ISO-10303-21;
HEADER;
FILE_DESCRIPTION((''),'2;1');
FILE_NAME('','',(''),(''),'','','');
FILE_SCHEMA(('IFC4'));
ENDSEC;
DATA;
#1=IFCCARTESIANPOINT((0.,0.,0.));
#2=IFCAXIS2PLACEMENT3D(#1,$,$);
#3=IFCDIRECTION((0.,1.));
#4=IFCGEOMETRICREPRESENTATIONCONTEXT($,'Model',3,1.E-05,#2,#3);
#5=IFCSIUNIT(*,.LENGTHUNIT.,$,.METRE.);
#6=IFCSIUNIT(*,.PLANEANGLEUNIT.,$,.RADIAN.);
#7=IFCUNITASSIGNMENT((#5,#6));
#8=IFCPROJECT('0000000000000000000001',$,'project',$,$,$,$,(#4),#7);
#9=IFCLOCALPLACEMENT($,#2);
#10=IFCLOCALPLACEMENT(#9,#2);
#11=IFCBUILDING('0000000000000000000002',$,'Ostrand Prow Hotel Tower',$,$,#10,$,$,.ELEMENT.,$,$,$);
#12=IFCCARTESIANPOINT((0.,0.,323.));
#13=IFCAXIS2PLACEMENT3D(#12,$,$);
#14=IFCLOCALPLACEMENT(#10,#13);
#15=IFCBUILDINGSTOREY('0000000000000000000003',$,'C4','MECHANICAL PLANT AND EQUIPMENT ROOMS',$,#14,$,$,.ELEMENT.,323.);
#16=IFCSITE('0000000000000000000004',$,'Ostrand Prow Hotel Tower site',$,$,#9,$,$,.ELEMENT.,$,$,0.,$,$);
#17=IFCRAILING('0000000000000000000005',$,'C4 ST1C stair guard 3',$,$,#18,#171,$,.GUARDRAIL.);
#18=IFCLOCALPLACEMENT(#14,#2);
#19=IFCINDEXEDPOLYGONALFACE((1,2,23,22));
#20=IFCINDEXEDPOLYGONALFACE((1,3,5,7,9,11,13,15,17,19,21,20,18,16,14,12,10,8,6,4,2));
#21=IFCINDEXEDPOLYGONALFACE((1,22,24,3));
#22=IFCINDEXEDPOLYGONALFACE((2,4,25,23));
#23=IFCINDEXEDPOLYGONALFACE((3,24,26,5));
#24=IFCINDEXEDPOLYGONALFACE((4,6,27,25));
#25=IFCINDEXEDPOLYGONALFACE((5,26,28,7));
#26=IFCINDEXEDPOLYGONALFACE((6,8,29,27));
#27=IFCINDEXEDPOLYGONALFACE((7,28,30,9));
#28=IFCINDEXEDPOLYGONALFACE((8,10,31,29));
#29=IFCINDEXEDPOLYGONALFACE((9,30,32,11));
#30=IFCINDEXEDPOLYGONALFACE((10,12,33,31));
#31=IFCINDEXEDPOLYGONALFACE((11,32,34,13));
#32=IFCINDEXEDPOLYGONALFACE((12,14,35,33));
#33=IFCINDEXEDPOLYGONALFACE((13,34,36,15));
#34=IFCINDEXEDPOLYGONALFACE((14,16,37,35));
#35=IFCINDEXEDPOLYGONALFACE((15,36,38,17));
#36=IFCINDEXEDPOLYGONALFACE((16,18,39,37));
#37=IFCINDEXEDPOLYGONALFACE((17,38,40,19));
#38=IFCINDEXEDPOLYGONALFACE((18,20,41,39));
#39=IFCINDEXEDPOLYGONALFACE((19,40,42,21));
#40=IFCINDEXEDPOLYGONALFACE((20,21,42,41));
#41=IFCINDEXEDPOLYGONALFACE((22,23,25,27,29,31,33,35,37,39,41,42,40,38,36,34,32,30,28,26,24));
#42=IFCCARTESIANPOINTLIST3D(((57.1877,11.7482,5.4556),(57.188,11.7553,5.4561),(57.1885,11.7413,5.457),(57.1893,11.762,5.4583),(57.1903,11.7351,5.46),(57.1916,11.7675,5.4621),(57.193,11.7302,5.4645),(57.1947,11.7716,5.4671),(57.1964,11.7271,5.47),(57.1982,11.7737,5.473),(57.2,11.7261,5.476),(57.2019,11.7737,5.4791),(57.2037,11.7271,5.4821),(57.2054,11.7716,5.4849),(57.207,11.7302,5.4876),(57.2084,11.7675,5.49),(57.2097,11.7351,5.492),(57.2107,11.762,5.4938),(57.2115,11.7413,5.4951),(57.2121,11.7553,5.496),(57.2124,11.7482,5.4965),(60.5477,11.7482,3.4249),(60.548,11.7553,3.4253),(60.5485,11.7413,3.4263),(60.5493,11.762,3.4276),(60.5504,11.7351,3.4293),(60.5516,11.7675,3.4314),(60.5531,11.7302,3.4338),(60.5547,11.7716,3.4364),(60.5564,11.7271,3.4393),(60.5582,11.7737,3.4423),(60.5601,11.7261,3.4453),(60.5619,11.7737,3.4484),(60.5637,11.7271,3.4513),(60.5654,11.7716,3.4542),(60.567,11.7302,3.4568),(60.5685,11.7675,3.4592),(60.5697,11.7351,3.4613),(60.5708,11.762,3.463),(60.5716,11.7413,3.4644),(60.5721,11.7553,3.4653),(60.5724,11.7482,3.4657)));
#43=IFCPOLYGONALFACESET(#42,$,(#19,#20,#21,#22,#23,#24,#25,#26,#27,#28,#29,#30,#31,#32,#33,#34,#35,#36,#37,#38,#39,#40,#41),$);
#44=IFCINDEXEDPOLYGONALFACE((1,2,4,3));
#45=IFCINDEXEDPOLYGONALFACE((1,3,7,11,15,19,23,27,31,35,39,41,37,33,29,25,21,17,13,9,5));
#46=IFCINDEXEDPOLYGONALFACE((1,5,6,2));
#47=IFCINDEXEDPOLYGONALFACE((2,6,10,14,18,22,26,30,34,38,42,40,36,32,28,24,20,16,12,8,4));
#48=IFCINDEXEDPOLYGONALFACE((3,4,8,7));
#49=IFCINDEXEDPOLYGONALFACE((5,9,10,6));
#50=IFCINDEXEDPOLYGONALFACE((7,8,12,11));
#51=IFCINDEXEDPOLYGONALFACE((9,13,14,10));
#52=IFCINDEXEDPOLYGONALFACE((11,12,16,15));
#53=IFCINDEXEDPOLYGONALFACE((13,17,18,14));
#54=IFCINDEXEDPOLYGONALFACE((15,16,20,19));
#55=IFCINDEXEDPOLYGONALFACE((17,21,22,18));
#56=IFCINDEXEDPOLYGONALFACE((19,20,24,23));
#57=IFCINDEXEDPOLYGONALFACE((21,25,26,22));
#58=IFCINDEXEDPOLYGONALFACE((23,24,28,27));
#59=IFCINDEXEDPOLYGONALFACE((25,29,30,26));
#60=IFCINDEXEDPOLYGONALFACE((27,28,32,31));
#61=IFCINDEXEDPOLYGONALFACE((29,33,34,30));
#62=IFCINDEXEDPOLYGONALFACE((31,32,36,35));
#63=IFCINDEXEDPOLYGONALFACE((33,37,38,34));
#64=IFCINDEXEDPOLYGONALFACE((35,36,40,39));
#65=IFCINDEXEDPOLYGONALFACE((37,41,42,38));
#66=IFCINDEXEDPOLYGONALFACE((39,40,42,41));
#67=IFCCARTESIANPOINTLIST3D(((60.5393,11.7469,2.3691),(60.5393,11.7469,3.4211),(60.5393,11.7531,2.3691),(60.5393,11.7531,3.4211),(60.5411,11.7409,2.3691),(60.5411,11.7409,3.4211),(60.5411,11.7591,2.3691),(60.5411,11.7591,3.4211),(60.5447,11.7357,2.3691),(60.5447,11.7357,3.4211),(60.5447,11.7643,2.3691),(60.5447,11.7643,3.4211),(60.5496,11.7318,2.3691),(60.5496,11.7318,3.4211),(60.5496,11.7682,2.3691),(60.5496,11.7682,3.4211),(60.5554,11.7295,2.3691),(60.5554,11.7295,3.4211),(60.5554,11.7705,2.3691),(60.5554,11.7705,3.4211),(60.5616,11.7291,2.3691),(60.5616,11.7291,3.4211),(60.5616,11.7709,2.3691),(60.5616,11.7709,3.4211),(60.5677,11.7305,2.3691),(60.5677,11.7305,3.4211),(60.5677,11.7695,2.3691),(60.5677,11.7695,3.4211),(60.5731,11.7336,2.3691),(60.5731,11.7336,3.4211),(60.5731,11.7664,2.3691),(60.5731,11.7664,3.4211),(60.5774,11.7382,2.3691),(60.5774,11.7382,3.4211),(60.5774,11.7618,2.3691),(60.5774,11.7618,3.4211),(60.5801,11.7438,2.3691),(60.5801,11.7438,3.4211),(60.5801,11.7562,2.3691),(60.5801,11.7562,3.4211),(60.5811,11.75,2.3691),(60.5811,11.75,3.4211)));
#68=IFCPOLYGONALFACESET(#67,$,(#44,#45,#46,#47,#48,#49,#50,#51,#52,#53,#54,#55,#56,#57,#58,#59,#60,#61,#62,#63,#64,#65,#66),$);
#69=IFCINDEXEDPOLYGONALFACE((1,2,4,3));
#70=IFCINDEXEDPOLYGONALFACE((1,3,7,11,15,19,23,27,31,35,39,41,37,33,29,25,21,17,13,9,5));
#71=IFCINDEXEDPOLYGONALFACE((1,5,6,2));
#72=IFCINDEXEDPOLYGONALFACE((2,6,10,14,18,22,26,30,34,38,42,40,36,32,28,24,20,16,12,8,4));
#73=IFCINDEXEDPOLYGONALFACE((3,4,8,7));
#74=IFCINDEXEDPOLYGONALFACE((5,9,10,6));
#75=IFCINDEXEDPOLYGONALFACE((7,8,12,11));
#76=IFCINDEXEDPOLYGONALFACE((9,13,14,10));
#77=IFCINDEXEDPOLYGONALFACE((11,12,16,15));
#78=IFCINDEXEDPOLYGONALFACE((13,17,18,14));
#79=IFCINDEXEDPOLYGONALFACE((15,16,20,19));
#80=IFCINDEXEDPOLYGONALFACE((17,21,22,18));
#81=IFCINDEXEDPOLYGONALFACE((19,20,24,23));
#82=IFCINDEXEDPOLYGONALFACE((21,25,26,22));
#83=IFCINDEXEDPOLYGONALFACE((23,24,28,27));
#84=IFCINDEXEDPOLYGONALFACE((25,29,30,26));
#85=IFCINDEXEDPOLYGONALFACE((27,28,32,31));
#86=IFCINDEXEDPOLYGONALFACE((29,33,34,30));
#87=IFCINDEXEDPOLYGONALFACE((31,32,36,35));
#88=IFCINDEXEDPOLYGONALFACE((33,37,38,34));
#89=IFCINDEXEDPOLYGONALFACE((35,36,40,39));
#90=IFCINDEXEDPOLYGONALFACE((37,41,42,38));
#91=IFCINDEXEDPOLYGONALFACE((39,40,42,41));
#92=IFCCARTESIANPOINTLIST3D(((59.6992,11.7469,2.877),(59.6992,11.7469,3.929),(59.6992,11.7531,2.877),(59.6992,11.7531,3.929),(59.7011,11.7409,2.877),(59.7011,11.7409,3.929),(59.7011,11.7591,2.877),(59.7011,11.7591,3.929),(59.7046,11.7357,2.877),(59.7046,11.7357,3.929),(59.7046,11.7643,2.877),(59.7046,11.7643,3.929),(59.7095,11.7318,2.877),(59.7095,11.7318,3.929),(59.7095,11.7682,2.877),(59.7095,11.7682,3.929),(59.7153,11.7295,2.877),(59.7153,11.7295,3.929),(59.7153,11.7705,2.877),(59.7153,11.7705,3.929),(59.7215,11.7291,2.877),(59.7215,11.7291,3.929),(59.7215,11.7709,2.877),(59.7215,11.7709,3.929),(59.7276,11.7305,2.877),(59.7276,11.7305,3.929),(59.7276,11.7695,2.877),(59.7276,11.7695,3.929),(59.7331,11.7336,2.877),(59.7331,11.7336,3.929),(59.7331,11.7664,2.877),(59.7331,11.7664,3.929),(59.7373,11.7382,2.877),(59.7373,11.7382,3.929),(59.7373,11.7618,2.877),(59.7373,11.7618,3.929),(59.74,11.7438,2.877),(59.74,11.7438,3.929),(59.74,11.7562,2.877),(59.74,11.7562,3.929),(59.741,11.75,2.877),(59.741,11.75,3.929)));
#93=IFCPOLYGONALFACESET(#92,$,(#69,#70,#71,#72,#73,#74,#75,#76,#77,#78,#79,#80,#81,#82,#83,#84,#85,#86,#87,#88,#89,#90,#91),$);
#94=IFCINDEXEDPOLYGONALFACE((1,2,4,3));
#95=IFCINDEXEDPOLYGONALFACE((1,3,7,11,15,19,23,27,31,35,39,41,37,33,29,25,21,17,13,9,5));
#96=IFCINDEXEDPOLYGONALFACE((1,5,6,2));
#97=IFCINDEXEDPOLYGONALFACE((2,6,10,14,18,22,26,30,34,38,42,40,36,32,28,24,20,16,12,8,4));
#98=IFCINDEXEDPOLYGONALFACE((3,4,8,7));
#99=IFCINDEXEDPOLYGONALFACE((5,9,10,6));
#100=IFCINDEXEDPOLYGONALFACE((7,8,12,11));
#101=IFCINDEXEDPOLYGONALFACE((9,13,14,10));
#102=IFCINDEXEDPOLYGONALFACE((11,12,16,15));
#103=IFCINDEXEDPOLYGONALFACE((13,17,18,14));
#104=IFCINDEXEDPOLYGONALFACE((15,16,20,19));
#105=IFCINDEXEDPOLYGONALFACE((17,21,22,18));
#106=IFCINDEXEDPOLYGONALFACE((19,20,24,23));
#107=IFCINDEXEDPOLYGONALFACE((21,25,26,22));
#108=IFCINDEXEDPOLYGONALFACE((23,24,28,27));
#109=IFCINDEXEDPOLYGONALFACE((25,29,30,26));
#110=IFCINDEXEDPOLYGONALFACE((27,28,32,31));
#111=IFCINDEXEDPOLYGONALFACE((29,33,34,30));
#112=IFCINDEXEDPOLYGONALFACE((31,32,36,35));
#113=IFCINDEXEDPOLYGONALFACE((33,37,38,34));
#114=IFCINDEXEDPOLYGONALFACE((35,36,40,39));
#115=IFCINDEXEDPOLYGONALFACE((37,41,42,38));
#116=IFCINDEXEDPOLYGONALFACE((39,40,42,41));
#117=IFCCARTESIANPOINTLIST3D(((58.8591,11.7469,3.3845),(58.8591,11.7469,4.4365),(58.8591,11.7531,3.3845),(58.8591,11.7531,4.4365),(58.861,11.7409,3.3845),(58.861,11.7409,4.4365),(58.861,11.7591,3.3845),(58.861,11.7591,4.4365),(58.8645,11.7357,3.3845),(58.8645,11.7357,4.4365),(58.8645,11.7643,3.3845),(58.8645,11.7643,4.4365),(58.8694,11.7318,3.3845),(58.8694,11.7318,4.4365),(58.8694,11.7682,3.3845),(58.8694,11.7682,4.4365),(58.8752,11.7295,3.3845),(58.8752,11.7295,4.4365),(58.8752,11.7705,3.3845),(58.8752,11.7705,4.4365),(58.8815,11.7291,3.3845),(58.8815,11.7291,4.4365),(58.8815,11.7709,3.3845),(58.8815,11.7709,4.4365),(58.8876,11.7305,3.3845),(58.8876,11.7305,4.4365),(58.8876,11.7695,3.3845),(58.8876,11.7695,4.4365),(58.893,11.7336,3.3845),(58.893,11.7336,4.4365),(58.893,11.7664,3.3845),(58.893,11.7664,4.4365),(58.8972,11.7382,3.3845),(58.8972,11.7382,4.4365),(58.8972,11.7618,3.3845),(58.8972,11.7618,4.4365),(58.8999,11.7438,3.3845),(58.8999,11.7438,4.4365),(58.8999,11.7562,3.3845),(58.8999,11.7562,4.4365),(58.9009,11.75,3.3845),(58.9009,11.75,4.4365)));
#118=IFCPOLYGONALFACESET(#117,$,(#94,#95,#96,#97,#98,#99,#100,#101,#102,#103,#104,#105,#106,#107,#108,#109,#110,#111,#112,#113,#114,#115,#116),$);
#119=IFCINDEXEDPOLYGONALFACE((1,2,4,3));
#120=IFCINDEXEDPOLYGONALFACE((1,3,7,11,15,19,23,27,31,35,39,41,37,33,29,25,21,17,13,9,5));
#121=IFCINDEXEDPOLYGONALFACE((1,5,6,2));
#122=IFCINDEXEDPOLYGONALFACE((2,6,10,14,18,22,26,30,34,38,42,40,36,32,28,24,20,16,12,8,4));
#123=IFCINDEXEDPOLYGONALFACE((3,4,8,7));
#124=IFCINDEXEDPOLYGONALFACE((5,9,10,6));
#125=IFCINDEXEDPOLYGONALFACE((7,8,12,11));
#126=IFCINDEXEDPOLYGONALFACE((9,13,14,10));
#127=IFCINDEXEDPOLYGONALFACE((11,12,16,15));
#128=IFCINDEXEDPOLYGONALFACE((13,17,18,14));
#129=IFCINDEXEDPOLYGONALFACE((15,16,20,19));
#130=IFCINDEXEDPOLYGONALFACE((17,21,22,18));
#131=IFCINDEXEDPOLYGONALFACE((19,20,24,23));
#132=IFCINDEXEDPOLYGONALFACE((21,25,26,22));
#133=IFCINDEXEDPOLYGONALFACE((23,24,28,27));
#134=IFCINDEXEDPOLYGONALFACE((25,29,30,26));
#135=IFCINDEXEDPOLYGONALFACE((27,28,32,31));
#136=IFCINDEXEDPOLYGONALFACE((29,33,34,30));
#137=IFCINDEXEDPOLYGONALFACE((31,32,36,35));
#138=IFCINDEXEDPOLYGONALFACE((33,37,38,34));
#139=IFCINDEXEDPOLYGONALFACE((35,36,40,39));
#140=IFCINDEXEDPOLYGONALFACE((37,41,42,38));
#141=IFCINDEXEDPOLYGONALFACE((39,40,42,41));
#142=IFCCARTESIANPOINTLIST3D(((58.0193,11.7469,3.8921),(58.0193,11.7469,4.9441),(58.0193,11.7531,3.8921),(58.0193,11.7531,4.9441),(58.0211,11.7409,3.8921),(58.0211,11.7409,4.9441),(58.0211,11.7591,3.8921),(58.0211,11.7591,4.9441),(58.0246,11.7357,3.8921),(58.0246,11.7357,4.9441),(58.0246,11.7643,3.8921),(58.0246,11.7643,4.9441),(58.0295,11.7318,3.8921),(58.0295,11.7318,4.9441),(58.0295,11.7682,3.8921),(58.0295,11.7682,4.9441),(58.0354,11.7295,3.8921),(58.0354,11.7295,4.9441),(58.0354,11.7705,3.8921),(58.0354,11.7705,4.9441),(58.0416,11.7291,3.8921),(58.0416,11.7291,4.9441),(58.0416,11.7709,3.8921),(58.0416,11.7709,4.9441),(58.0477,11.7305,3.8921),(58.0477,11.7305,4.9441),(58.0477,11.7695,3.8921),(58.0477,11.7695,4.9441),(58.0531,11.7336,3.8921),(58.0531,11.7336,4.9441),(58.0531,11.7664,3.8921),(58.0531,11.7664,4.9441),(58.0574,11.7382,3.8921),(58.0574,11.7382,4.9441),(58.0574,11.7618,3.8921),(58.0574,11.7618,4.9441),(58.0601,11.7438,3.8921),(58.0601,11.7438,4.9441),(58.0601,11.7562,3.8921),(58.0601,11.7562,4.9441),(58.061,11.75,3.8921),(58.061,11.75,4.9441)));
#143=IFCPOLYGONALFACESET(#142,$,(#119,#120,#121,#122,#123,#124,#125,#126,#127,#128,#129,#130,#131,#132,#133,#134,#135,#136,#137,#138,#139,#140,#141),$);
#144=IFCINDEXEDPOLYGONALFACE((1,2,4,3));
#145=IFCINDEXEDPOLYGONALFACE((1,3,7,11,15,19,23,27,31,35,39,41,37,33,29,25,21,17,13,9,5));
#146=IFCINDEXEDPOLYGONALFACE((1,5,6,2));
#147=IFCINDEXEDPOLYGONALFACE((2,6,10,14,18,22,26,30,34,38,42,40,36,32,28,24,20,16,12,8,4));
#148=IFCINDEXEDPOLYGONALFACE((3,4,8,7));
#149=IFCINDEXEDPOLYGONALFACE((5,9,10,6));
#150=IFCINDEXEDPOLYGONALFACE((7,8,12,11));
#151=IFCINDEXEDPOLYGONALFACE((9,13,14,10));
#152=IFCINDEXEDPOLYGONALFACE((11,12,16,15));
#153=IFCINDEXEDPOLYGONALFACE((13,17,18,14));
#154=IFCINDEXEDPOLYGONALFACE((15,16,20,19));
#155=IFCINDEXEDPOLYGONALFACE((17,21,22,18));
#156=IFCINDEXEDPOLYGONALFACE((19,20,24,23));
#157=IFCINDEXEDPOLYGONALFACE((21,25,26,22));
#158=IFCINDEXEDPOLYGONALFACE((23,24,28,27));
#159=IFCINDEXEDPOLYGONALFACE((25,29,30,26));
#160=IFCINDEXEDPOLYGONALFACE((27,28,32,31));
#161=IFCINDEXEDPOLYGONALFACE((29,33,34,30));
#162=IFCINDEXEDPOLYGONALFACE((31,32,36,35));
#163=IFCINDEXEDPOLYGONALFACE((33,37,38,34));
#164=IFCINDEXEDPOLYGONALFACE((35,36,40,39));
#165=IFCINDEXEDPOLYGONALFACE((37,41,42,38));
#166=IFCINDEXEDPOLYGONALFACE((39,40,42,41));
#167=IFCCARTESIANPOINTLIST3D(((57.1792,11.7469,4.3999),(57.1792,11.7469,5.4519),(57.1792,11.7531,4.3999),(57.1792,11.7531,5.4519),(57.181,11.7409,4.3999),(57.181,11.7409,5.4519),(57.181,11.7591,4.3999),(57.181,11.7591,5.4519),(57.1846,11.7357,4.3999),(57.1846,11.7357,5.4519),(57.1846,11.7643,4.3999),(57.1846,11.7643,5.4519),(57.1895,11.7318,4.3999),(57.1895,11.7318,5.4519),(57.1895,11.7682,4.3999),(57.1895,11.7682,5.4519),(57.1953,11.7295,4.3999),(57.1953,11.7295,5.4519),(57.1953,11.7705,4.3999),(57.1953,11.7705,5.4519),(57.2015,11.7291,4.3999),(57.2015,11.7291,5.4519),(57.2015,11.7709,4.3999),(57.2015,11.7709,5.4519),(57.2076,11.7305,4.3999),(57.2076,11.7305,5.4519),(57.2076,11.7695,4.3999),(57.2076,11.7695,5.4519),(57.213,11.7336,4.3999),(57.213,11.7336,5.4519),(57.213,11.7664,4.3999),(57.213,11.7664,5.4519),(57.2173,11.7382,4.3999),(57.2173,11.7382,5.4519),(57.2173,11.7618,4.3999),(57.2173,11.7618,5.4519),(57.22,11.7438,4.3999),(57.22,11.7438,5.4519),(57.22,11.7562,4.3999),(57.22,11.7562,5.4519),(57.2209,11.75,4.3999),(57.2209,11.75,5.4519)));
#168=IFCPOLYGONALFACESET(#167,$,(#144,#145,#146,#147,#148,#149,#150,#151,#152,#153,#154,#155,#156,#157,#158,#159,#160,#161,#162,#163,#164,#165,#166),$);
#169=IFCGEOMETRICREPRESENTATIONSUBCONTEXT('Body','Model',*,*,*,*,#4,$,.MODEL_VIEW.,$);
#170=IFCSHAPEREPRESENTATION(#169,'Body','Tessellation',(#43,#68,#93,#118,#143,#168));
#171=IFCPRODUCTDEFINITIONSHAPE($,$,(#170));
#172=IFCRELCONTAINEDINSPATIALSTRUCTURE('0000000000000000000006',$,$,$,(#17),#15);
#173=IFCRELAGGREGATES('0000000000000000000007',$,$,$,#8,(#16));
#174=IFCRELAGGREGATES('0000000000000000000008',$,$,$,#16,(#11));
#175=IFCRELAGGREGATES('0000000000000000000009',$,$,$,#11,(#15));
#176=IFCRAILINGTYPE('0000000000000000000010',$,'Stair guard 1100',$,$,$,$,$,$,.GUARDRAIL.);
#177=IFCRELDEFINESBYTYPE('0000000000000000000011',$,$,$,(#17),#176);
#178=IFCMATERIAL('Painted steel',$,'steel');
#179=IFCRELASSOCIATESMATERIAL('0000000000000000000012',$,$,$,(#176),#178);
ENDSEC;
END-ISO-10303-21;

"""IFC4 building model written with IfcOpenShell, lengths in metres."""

from ifc_helpers import new_model, si_unit, direction, frame, origin, origin_2d, place, context, subcontext, project, spatial, circle, extrude, material, type_object, element, save


model = new_model("IFC4")

# Units and contexts
model_context = context("Model", 3, precision=1e-05, world=origin(), true_north=direction((0.0, 1.0)))
body_context = subcontext(model_context, "Body", "Model", "MODEL_VIEW")
ifc_project = project(units=[si_unit("LENGTHUNIT", "METRE"), si_unit("PLANEANGLEUNIT", "RADIAN")], contexts=[model_context])

# Site, building, storey
site_placement = place(None, origin())
site = spatial("IfcSite", under=ifc_project, at=site_placement, Name="Ostrand Prow Hotel Tower site", CompositionType="ELEMENT", RefElevation=0.0)
building_placement = place(site_placement, origin())
building = spatial("IfcBuilding", under=site, at=building_placement, Name="Ostrand Prow Hotel Tower", CompositionType="ELEMENT")
storey_placement = place(building_placement, frame((0.0, 0.0, 323.0)))
storey = spatial("IfcBuildingStorey", under=building, at=storey_placement, Name="C4", Description="MECHANICAL PLANT AND EQUIPMENT ROOMS", CompositionType="ELEMENT", Elevation=323.0)

# Railing
ifc_material_1 = material(Name="Painted steel", Category="steel")
railing_type_1 = type_object("IfcRailingType", Name="Stair guard 1100", PredefinedType="GUARDRAIL", material=ifc_material_1)
railing_1_placement = place(storey_placement, frame((60.5601, 11.75, 2.3691)))
element("IfcRailing", 1, at=railing_1_placement, inside=storey, type_object=railing_type_1, Name="C4 ST1C stair guard 3", PredefinedType="GUARDRAIL", context=body_context, shape_type="SweptSolid", body=[
    extrude(circle(Radius=0.0239, at=origin_2d()), frame((0.0, 0.0, 1.0762), z_axis=(-0.855837, 0.0, 0.517246), x_axis=(0.0, -1.0, 0.0)), (0.0, 0.0, 1.0), 3.926),
    extrude(circle(Radius=0.021, at=origin_2d()), origin(), (0.0, 0.0, 1.0), 1.052),
    extrude(circle(Radius=0.021, at=origin_2d()), frame((-0.8401, 0.0, 0.5078)), (0.0, 0.0, 1.0), 1.052),
    extrude(circle(Radius=0.021, at=origin_2d()), frame((-1.6802, 0.0, 1.0154)), (0.0, 0.0, 1.0), 1.052),
    extrude(circle(Radius=0.021, at=origin_2d()), frame((-2.52, 0.0, 1.5229)), (0.0, 0.0, 1.0), 1.052),
    extrude(circle(Radius=0.021, at=origin_2d()), frame((-3.3601, 0.0, 2.0308)), (0.0, 0.0, 1.0), 1.052),
])

save(model, "model.ifc")
